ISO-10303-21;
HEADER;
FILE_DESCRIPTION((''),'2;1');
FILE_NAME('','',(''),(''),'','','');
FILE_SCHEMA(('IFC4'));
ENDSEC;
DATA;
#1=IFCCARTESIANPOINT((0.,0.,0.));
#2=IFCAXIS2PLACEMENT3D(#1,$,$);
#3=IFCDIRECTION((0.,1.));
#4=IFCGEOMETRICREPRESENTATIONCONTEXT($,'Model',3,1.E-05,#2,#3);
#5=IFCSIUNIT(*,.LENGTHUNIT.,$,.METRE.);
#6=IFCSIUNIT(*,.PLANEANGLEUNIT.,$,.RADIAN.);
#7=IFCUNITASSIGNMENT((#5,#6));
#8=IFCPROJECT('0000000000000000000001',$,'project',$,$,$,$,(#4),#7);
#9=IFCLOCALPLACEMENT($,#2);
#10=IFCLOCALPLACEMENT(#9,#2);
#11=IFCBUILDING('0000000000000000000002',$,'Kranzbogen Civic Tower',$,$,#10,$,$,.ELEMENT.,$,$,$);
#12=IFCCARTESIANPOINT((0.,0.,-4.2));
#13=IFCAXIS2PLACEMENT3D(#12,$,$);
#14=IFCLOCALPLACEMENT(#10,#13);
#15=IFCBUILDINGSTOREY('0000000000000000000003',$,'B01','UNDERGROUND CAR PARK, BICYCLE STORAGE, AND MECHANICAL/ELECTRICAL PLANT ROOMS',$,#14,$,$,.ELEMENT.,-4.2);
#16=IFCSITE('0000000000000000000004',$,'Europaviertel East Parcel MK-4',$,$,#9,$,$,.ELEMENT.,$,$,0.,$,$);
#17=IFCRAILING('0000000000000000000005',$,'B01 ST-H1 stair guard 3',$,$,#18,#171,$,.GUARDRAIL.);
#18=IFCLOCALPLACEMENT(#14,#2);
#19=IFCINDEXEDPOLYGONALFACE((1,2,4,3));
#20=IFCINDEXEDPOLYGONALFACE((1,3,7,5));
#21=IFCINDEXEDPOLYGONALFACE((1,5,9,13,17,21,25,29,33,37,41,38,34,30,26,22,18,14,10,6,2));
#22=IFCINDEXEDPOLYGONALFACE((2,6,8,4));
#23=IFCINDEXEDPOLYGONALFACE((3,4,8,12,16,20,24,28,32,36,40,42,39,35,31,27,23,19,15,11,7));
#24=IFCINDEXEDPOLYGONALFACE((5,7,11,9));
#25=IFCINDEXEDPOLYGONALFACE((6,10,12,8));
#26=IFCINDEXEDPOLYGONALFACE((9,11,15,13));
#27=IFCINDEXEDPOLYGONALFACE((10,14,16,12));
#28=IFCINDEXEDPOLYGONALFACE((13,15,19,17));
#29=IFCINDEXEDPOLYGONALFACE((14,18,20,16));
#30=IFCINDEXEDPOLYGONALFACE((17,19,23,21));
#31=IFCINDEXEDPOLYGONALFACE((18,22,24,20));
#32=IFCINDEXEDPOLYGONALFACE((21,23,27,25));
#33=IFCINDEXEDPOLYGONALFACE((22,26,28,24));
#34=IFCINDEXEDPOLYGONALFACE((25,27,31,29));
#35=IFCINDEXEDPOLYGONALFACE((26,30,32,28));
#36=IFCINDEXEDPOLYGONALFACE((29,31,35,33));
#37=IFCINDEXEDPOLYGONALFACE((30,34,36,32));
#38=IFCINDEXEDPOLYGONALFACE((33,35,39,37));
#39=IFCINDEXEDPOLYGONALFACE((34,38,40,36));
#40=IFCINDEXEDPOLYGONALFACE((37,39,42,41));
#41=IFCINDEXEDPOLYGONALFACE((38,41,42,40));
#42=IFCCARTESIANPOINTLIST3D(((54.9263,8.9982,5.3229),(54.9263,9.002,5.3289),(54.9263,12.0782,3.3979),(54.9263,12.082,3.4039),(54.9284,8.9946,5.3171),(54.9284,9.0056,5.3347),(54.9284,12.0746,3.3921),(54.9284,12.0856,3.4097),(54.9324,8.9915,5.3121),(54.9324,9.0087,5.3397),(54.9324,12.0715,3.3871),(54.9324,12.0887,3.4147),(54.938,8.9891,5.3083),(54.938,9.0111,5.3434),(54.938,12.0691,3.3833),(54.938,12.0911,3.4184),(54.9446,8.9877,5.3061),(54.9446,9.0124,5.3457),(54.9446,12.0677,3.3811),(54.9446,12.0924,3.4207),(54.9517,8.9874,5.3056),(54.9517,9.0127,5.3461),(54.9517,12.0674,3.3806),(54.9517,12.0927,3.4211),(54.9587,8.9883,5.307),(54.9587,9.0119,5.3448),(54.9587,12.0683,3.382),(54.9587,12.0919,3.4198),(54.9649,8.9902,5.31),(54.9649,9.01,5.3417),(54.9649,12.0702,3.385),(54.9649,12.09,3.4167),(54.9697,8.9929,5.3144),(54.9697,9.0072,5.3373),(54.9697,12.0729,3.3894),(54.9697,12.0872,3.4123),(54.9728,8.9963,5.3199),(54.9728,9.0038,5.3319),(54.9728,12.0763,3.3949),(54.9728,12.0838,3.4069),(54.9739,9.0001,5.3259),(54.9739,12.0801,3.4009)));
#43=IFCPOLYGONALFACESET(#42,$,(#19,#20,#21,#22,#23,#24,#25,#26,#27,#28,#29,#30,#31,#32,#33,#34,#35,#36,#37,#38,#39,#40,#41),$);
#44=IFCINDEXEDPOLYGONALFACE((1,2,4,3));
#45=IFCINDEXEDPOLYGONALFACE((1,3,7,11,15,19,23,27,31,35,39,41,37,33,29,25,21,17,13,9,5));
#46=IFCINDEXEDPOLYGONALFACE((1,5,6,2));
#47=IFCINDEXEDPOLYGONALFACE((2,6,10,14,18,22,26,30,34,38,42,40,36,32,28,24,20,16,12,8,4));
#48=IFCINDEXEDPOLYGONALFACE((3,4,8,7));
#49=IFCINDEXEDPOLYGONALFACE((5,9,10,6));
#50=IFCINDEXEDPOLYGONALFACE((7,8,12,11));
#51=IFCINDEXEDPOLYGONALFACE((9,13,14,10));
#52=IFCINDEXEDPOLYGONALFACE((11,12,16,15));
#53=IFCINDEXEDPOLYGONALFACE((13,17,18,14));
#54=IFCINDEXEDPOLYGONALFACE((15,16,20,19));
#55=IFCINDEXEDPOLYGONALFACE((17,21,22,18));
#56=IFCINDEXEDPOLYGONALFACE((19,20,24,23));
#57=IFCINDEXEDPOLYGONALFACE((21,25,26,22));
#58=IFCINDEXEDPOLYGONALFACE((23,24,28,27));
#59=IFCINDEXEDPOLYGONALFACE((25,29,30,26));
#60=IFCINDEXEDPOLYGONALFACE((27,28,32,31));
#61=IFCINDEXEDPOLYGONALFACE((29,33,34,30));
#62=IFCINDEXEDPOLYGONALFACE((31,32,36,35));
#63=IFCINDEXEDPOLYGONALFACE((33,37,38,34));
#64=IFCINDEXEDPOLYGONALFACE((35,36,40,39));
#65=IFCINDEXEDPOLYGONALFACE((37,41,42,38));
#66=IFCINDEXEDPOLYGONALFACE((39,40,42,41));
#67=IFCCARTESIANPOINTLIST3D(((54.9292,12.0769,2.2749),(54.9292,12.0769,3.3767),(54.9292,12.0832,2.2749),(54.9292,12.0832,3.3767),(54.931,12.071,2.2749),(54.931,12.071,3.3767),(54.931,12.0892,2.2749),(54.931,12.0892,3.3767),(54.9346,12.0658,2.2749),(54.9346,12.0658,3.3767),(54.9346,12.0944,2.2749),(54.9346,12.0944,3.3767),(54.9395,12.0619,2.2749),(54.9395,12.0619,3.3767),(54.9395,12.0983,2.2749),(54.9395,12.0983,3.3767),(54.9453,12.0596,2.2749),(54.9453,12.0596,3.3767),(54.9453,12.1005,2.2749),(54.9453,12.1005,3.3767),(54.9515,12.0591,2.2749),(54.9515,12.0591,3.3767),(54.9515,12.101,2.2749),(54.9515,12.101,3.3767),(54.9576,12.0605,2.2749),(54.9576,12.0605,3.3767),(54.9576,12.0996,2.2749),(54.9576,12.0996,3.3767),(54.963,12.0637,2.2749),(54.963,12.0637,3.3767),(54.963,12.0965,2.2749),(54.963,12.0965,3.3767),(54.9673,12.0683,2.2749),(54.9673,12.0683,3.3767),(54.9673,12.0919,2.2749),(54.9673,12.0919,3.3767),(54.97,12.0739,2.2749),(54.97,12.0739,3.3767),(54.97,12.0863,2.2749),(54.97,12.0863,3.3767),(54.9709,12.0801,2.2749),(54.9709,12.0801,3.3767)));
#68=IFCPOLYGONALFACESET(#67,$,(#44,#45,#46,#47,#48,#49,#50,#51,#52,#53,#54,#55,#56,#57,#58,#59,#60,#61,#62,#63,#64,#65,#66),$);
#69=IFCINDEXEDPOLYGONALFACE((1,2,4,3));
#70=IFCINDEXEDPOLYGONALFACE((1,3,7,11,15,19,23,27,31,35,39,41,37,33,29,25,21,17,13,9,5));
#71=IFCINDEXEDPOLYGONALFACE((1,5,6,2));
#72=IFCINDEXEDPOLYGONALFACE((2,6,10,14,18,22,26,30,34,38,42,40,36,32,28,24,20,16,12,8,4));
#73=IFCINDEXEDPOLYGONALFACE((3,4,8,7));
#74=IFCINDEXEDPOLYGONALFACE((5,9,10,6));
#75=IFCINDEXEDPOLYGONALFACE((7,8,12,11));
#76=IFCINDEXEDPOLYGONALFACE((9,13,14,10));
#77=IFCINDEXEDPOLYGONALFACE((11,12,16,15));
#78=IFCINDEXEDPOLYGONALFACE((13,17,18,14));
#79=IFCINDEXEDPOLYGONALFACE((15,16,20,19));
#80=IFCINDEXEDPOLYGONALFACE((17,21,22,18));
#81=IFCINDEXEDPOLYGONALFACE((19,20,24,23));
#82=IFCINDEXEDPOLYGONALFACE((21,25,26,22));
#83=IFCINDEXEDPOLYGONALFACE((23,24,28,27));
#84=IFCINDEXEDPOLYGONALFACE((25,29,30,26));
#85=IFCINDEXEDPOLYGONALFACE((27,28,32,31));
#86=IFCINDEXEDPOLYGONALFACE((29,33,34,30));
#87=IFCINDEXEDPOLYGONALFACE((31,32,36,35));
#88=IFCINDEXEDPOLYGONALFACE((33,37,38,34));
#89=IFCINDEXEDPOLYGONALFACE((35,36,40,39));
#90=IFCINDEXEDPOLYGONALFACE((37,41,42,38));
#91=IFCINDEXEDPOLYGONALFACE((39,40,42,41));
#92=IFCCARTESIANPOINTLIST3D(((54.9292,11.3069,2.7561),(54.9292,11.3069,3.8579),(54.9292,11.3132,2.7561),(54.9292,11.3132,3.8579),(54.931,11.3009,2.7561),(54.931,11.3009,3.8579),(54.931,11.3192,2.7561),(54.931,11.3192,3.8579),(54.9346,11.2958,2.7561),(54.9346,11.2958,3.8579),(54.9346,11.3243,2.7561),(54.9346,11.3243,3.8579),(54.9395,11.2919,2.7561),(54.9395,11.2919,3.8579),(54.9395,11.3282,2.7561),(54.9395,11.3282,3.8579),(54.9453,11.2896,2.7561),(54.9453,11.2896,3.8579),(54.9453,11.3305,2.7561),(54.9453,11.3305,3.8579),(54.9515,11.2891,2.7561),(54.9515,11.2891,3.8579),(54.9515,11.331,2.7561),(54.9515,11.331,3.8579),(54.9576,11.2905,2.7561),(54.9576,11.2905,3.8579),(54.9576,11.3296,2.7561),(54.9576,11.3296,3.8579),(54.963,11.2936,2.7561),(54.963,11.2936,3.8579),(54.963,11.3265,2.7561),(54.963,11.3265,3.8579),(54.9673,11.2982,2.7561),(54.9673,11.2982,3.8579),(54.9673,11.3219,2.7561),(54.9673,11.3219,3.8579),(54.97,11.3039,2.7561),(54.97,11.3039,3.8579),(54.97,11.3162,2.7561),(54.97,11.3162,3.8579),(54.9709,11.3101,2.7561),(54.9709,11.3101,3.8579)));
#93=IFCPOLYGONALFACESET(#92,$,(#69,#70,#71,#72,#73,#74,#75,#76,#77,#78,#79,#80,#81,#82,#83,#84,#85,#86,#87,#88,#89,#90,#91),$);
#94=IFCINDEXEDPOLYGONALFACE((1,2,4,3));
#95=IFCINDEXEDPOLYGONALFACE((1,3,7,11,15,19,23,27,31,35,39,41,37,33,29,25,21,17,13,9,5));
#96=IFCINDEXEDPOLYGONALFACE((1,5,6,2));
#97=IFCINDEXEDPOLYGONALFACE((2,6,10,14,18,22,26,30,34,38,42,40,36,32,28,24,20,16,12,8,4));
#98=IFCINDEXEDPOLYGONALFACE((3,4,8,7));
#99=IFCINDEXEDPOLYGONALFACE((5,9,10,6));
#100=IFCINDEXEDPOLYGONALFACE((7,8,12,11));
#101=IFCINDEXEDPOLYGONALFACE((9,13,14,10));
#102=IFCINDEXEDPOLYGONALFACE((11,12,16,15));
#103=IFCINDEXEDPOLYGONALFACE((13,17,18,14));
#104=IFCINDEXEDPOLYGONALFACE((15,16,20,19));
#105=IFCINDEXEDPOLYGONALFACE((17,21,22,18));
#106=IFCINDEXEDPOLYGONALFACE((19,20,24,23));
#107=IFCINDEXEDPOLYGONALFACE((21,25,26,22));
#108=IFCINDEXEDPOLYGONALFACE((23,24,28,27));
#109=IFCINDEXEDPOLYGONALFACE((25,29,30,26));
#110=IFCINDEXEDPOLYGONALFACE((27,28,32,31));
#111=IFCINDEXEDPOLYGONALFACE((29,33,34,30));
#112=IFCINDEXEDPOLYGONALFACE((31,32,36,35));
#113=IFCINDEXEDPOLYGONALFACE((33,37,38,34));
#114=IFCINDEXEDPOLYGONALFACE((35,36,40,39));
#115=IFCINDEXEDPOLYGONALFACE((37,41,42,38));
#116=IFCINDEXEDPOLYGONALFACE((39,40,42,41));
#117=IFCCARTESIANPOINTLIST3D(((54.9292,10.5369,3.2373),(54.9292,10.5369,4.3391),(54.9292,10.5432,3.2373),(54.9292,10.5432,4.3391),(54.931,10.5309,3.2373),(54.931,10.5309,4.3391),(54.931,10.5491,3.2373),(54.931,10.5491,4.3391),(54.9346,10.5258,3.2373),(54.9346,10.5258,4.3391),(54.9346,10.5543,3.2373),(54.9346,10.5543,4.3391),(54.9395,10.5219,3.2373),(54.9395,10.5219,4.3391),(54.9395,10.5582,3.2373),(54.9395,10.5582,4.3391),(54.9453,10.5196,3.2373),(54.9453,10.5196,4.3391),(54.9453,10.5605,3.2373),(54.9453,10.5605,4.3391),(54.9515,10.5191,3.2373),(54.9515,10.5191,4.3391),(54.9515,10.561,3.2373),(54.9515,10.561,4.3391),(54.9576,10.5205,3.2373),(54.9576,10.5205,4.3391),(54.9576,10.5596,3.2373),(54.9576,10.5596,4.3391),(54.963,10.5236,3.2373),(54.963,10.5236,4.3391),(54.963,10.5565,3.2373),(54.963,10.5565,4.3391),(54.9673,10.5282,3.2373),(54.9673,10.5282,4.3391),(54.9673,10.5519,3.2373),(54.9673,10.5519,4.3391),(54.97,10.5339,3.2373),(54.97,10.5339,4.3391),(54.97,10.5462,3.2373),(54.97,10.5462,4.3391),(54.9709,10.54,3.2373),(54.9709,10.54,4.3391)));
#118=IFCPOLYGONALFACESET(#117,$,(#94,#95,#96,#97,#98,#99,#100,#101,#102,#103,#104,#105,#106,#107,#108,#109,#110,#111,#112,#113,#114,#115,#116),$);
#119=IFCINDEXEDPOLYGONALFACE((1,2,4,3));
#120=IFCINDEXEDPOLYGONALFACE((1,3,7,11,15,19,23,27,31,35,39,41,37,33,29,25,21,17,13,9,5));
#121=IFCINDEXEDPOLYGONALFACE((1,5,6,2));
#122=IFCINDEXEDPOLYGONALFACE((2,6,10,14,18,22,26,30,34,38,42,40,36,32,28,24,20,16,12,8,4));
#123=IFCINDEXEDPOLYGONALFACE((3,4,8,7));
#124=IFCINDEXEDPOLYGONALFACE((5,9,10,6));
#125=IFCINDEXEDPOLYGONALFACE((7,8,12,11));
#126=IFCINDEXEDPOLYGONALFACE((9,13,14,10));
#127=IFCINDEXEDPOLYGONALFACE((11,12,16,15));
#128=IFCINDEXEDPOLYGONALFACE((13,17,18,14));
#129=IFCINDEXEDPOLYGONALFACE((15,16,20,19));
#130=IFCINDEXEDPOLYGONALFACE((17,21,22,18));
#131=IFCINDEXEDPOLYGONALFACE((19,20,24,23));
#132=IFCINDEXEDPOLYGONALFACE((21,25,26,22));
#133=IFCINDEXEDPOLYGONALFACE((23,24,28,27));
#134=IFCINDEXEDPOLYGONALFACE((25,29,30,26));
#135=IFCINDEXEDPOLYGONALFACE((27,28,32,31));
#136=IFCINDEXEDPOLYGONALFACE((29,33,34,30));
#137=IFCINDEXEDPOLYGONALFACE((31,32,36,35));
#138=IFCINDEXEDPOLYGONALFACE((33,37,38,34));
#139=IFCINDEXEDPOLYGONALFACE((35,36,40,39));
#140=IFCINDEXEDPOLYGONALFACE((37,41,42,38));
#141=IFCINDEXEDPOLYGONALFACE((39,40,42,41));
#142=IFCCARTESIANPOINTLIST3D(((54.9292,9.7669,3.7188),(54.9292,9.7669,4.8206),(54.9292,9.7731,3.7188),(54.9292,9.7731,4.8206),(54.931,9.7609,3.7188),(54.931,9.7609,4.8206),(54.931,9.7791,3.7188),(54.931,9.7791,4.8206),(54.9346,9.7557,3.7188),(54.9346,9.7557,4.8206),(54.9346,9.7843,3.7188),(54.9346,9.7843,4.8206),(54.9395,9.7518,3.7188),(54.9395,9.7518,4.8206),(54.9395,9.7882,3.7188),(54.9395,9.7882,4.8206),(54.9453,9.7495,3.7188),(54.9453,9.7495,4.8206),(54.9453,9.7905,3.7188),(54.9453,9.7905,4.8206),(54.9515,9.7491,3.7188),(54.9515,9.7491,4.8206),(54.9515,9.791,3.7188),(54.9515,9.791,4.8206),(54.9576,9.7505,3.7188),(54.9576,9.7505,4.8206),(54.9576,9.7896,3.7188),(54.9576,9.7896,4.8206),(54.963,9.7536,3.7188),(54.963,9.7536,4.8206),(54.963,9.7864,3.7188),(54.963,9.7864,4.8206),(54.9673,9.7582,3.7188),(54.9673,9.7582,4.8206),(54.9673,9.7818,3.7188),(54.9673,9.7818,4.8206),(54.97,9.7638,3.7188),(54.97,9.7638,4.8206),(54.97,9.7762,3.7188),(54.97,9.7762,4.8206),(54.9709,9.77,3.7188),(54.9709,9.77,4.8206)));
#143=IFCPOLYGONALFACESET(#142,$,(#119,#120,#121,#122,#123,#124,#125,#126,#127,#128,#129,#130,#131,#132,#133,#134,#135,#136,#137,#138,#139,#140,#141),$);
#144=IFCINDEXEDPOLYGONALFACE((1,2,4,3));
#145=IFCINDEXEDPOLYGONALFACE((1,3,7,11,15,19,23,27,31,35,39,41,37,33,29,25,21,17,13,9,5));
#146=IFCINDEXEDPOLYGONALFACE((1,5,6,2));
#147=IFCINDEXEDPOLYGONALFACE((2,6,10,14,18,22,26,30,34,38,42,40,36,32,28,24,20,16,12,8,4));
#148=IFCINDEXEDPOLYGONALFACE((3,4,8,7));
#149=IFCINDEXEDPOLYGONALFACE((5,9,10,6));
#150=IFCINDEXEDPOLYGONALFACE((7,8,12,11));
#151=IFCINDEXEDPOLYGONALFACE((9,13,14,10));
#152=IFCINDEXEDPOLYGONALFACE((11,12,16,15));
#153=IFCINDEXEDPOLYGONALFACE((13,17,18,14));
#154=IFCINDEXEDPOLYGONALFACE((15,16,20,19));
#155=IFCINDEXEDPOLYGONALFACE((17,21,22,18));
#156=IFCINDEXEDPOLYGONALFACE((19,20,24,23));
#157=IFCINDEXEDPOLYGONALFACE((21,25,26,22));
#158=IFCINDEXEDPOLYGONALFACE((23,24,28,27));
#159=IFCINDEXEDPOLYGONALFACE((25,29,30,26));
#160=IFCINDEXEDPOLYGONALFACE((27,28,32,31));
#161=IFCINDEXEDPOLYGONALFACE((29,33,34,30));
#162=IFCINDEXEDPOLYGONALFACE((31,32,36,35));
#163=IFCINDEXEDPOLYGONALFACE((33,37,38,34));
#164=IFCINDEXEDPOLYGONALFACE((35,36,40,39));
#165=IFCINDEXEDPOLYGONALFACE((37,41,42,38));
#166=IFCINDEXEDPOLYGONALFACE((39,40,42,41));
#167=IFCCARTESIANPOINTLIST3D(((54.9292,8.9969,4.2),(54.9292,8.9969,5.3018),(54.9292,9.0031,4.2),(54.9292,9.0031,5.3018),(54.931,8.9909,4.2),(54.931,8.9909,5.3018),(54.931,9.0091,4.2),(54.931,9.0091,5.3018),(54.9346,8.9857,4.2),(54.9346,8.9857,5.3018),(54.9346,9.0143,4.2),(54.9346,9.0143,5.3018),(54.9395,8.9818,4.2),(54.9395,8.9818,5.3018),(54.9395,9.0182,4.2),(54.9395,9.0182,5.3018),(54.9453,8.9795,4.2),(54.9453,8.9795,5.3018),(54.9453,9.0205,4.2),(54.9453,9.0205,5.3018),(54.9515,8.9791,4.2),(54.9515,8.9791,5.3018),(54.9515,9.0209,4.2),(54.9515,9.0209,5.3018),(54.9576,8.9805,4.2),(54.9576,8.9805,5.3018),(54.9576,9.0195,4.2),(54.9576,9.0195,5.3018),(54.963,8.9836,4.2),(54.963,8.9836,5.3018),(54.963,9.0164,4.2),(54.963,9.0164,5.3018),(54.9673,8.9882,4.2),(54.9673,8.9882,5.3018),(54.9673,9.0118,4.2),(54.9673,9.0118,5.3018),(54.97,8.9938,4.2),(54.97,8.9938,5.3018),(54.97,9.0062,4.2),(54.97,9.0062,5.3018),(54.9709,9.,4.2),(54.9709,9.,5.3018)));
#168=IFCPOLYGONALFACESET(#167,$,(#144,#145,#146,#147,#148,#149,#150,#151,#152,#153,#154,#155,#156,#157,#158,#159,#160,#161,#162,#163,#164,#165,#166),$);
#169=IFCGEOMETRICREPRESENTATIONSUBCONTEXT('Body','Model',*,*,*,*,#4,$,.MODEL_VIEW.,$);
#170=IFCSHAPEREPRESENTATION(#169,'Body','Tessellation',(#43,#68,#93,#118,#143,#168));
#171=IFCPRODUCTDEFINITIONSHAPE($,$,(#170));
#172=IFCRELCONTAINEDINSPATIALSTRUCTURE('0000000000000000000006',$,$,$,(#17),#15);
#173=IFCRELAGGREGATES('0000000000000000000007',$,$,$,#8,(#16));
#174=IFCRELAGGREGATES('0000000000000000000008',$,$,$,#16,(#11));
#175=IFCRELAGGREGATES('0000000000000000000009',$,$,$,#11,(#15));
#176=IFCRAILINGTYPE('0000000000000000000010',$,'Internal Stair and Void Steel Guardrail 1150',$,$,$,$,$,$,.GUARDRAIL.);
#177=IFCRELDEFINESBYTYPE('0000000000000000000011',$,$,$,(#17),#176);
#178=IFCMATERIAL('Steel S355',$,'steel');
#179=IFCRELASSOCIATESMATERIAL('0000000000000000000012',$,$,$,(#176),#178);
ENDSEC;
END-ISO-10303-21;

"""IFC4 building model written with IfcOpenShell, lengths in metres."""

from ifc_helpers import new_model, si_unit, direction, frame, origin, origin_2d, place, context, subcontext, project, spatial, circle, extrude, material, type_object, element, save


model = new_model("IFC4")

# Units and contexts
model_context = context("Model", 3, precision=1e-05, world=origin(), true_north=direction((0.0, 1.0)))
body_context = subcontext(model_context, "Body", "Model", "MODEL_VIEW")
ifc_project = project(units=[si_unit("LENGTHUNIT", "METRE"), si_unit("PLANEANGLEUNIT", "RADIAN")], contexts=[model_context])

# Site, building, storey
site_placement = place(None, origin())
site = spatial("IfcSite", under=ifc_project, at=site_placement, Name="Europaviertel East Parcel MK-4", CompositionType="ELEMENT", RefElevation=0.0)
building_placement = place(site_placement, origin())
building = spatial("IfcBuilding", under=site, at=building_placement, Name="Kranzbogen Civic Tower", CompositionType="ELEMENT")
storey_placement = place(building_placement, frame((0.0, 0.0, -4.2)))
storey = spatial("IfcBuildingStorey", under=building, at=storey_placement, Name="B01", Description="UNDERGROUND CAR PARK, BICYCLE STORAGE, AND MECHANICAL/ELECTRICAL PLANT ROOMS", CompositionType="ELEMENT", Elevation=-4.2)

# Shared definitions
ifc_material_1 = material(Name="Steel S355", Category="steel")

# Railing
railing_type_1 = type_object("IfcRailingType", Name="Internal Stair and Void Steel Guardrail 1150", PredefinedType="GUARDRAIL", material=ifc_material_1)
railing_1_placement = place(storey_placement, frame((54.95, 12.0801, 2.2749)))
element("IfcRailing", 1, at=railing_1_placement, inside=storey, type_object=railing_type_1, Name="B01 ST-H1 stair guard 3", PredefinedType="GUARDRAIL", context=body_context, shape_type="SweptSolid", body=[
    extrude(circle(Radius=0.0239, at=origin_2d()), frame((0.0, 0.0, 1.126), z_axis=(0.0, -0.847998, 0.529999), x_axis=(1.0, 0.0, 0.0)), (0.0, 0.0, 1.0), 3.6321),
    extrude(circle(Radius=0.021, at=origin_2d()), origin(), (0.0, 0.0, 1.0), 1.1018),
    extrude(circle(Radius=0.021, at=origin_2d()), frame((0.0, -0.77, 0.4812)), (0.0, 0.0, 1.0), 1.1018),
    extrude(circle(Radius=0.021, at=origin_2d()), frame((0.0, -1.54, 0.9624)), (0.0, 0.0, 1.0), 1.1018),
    extrude(circle(Radius=0.021, at=origin_2d()), frame((0.0, -2.3101, 1.4438)), (0.0, 0.0, 1.0), 1.1018),
    extrude(circle(Radius=0.021, at=origin_2d()), frame((0.0, -3.0801, 1.925)), (0.0, 0.0, 1.0), 1.1018),
])

save(model, "model.ifc")
